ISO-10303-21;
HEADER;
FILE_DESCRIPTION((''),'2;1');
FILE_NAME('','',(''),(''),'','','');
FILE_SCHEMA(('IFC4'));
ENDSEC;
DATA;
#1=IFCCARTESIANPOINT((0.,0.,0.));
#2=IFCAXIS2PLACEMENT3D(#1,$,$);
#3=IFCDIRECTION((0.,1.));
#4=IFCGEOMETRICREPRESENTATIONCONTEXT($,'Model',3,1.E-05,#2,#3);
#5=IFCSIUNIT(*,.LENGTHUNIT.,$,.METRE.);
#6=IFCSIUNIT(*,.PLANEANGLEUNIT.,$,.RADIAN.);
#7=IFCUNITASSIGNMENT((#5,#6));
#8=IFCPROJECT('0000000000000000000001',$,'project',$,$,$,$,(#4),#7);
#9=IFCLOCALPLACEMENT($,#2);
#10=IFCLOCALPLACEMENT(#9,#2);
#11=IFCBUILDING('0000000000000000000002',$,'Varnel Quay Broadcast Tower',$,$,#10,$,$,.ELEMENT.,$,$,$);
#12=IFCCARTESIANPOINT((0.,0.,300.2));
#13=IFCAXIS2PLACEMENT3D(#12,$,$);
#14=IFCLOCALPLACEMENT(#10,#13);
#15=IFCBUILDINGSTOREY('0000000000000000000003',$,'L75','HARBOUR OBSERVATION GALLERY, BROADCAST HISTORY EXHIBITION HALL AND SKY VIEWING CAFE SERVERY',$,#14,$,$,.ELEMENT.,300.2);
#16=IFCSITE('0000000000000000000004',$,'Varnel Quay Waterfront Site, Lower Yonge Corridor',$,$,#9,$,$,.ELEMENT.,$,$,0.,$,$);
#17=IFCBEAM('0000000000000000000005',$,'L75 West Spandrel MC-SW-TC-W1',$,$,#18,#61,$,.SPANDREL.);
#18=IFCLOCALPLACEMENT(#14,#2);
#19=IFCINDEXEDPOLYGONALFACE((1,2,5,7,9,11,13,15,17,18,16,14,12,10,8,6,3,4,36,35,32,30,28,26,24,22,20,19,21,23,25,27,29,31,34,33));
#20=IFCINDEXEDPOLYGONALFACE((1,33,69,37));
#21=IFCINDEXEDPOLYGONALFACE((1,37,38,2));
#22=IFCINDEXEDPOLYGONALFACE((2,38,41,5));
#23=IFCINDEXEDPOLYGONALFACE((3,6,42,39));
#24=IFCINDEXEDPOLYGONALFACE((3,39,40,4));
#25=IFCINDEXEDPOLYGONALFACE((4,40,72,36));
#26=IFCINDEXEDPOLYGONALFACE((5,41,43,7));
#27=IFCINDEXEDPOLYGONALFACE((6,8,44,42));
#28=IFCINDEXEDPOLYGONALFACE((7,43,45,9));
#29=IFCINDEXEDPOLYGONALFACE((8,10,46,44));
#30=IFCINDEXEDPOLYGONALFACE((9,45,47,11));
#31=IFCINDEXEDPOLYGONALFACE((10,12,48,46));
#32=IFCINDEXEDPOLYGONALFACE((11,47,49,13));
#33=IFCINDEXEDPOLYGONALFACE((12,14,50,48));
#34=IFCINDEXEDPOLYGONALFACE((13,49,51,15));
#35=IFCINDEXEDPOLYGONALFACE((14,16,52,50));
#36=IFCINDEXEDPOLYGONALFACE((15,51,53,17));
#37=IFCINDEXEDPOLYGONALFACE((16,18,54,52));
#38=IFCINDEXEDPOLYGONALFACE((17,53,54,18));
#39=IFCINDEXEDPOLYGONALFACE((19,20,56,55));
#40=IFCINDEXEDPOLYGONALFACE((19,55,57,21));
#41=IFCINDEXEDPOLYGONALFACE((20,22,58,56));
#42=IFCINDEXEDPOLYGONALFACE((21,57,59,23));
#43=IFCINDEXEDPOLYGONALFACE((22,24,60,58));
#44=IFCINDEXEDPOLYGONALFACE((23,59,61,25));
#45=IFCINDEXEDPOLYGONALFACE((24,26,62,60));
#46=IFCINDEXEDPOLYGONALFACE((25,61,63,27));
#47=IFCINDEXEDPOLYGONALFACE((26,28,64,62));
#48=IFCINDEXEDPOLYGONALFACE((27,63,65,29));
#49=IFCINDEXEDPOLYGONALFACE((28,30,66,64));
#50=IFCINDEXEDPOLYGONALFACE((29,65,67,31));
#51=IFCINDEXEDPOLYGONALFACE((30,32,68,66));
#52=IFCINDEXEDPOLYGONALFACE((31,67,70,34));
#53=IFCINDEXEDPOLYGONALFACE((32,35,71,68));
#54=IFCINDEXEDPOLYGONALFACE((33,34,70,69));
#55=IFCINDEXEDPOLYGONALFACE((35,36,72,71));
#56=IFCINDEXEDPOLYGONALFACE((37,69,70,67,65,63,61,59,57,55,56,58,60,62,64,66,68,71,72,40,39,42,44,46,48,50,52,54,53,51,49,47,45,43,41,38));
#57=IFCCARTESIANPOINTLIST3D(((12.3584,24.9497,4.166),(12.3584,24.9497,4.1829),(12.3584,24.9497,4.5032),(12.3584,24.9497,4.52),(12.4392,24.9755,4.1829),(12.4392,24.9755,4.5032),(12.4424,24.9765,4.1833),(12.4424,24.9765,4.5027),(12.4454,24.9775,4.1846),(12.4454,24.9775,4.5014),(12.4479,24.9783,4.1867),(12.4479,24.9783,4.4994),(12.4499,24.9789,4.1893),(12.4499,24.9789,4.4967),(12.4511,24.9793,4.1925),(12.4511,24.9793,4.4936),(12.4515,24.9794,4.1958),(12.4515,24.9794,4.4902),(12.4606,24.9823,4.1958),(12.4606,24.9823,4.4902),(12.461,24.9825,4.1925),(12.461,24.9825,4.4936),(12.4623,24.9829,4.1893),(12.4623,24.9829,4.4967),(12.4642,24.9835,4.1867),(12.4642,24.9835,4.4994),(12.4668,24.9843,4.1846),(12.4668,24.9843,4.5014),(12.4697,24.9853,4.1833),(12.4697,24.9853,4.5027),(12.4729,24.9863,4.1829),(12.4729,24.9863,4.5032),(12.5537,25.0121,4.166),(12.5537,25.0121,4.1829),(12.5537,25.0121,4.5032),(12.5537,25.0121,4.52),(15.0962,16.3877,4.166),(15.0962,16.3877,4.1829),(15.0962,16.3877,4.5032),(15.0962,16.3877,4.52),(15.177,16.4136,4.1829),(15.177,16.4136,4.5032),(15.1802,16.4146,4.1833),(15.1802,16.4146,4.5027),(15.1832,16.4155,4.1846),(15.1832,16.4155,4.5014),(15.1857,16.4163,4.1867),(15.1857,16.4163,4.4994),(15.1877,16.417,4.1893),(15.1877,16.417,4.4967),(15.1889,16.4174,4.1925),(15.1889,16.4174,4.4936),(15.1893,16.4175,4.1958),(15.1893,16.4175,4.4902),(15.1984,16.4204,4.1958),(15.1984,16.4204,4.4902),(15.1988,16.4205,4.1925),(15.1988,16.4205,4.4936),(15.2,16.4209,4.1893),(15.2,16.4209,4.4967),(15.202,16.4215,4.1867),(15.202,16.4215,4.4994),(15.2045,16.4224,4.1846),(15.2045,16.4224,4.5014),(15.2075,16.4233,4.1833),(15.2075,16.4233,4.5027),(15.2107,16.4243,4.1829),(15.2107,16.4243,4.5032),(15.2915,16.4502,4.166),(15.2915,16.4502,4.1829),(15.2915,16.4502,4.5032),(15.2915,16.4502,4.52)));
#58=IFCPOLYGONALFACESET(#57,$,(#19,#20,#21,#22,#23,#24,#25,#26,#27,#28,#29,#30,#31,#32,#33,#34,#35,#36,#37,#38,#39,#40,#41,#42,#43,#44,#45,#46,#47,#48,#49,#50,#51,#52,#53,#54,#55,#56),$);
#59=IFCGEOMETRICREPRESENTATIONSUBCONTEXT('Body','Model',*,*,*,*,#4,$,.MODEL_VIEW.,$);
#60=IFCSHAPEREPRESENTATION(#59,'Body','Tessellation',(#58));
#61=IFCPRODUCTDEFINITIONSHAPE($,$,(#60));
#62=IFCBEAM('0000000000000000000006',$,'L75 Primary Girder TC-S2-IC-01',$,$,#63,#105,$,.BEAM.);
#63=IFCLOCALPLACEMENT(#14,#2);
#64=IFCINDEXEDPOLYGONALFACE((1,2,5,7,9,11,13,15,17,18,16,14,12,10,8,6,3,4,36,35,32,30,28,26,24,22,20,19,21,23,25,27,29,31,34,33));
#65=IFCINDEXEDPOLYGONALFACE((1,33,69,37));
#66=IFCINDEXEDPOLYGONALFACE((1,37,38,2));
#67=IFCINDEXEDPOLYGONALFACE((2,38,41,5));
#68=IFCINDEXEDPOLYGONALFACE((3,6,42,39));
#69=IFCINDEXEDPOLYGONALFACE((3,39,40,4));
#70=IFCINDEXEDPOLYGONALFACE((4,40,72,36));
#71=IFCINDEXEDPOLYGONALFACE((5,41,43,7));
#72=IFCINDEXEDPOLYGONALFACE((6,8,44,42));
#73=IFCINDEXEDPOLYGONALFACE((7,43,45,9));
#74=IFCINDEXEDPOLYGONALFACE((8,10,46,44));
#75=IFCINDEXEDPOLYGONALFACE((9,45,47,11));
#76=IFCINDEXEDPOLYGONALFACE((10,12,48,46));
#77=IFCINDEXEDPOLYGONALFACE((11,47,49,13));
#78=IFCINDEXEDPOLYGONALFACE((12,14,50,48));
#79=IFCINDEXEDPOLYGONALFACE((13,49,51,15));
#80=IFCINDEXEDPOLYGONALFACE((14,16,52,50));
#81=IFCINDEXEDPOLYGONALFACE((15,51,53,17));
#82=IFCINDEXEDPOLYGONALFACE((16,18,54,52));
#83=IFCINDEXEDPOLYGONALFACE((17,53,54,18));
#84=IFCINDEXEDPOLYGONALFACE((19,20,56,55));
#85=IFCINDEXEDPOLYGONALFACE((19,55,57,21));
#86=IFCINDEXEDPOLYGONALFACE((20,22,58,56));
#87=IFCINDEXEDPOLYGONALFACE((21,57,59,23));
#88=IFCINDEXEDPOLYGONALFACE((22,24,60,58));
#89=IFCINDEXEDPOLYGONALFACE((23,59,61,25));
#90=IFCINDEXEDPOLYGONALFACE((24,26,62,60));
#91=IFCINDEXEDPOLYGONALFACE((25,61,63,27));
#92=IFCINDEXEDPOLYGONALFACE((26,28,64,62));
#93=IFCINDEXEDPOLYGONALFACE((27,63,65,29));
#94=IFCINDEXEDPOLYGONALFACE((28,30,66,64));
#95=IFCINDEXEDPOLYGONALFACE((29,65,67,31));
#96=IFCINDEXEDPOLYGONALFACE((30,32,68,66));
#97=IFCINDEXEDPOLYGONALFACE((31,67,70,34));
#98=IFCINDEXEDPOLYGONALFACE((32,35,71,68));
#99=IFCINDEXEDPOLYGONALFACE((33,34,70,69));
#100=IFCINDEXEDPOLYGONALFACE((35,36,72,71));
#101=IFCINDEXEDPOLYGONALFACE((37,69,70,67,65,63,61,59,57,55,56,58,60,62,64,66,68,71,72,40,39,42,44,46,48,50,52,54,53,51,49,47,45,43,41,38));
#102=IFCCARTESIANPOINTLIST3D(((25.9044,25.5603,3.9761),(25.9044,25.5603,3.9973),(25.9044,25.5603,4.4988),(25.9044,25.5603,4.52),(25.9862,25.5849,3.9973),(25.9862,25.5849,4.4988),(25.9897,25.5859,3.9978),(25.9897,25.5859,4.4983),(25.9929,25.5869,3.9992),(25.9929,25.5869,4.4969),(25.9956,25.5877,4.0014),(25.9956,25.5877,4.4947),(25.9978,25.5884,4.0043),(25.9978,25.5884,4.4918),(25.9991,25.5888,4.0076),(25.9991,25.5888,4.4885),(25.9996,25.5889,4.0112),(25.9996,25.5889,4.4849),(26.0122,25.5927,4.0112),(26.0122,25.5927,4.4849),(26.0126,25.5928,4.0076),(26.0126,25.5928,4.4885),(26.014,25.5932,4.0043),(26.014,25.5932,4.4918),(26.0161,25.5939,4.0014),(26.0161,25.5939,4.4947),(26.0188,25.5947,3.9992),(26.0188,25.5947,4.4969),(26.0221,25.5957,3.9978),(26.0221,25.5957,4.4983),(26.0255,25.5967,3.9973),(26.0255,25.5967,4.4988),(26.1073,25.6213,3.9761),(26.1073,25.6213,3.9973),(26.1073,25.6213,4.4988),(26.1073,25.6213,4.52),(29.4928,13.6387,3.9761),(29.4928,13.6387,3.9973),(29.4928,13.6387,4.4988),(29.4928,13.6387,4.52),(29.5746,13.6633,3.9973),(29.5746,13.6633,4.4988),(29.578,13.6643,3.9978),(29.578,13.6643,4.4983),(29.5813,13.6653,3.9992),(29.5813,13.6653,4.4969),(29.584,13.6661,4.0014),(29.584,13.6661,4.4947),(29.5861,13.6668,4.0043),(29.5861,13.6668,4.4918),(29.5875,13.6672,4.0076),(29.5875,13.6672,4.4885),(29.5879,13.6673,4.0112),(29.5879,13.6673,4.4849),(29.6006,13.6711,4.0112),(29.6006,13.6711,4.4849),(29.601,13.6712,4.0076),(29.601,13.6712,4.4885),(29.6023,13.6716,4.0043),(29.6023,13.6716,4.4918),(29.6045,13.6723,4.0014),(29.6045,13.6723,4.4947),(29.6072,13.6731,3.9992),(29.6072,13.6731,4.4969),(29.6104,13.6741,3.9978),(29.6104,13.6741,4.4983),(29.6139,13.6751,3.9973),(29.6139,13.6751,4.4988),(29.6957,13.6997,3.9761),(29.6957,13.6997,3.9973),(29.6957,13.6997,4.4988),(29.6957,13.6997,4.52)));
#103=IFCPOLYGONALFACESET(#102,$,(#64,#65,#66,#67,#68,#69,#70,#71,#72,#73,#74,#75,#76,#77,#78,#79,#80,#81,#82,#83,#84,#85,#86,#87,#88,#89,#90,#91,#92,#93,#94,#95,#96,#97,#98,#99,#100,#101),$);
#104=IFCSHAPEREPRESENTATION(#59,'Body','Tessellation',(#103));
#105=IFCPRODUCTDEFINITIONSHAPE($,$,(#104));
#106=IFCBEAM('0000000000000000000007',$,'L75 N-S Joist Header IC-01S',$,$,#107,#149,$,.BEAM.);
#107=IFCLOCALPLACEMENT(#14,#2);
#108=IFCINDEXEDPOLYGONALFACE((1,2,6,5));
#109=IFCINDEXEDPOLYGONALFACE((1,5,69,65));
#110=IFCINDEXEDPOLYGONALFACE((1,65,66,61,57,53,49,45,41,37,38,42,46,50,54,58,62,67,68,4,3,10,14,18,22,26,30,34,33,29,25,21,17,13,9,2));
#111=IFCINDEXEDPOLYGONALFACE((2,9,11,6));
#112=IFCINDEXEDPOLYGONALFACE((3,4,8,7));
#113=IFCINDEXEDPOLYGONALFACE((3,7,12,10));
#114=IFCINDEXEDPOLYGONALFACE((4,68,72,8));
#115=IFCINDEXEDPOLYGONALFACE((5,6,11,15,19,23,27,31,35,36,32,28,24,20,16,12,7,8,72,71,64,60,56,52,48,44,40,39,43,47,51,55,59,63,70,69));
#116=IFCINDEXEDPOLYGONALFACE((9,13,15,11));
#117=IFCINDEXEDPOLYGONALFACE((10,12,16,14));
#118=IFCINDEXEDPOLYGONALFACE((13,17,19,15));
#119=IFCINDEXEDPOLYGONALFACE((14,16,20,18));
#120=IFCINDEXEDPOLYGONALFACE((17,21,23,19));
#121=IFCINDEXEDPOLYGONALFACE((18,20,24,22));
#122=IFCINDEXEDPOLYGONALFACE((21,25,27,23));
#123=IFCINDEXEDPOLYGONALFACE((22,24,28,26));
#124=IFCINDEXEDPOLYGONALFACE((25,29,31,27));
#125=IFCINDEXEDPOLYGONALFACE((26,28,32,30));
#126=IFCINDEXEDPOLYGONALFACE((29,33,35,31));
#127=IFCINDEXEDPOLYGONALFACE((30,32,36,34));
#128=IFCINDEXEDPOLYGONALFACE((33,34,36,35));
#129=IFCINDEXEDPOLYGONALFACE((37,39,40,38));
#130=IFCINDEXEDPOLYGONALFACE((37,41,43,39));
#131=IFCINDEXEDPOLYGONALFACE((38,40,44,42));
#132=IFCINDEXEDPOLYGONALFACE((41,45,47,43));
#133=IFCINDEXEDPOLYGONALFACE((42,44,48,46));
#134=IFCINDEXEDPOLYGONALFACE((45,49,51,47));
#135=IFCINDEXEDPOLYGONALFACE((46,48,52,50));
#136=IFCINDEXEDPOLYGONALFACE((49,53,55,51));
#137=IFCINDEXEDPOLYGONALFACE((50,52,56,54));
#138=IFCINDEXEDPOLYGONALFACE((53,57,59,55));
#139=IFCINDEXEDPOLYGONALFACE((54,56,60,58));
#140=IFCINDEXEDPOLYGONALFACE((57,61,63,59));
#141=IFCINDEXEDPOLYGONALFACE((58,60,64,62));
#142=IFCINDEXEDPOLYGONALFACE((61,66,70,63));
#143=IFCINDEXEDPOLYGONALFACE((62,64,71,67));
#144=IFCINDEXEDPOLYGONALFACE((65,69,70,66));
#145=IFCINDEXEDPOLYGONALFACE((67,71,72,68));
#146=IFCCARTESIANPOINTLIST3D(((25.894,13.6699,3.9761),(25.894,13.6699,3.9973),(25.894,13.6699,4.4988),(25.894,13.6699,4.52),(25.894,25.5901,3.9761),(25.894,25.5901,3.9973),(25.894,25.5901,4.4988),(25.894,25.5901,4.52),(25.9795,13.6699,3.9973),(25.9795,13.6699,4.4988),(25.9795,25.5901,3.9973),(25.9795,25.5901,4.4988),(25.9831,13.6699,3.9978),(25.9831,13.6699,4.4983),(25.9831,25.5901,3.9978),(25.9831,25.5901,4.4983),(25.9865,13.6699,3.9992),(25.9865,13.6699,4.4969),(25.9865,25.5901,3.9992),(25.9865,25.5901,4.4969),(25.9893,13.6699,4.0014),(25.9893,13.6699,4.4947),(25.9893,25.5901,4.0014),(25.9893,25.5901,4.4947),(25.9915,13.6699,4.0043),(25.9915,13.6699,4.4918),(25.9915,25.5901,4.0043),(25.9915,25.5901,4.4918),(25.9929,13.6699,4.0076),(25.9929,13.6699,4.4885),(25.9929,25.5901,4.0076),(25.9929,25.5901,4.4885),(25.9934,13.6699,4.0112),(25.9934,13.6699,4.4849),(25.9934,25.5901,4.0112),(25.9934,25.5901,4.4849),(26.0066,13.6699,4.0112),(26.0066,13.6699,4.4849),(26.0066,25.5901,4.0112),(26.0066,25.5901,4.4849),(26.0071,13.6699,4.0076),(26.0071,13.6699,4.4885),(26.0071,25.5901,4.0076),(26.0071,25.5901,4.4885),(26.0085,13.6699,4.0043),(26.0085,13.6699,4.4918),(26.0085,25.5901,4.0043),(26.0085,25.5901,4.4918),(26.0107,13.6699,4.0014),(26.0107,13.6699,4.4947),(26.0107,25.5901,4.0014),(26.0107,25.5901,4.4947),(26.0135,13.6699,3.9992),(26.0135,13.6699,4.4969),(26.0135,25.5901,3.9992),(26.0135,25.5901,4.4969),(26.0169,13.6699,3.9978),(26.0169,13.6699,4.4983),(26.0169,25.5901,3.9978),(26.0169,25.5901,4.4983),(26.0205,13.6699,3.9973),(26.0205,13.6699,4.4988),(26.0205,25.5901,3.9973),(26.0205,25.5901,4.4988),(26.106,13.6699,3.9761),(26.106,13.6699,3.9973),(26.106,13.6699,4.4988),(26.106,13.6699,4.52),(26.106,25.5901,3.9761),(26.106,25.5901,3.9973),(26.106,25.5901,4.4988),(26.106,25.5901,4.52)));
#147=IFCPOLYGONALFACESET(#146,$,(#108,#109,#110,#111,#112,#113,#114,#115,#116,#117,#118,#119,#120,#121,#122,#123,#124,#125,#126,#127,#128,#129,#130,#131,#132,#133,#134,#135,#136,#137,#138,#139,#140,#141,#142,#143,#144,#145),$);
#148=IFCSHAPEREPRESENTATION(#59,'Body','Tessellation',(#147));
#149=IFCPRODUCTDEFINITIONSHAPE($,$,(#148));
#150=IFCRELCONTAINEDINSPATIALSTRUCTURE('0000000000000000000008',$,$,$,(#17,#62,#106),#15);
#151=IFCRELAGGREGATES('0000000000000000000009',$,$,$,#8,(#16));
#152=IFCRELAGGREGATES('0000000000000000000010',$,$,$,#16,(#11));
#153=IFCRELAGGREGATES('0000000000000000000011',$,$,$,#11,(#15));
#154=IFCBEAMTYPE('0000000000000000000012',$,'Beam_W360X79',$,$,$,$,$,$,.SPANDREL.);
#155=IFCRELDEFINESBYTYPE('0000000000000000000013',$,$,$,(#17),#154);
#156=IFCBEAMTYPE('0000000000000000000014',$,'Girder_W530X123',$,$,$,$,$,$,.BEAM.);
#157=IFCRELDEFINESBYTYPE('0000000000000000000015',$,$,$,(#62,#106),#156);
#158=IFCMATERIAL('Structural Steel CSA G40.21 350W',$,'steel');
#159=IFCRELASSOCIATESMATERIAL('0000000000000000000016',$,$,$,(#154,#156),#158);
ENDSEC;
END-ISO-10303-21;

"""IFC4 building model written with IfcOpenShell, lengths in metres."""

from ifc_helpers import new_model, si_unit, direction, frame, origin, origin_2d, place, context, subcontext, project, spatial, i_section, extrude, source, transform, mapped, material, material_profile, profile_set, type_object, type_shapes, element, save


model = new_model("IFC4")

# Units and contexts
model_context = context("Model", 3, precision=1e-05, world=origin(), true_north=direction((0.0, 1.0)))
body_context = subcontext(model_context, "Body", "Model", "MODEL_VIEW")
ifc_project = project(units=[si_unit("LENGTHUNIT", "METRE"), si_unit("PLANEANGLEUNIT", "RADIAN")], contexts=[model_context])

# Site, building, storey
site_placement = place(None, origin())
site = spatial("IfcSite", under=ifc_project, at=site_placement, Name="Varnel Quay Waterfront Site, Lower Yonge Corridor", CompositionType="ELEMENT", RefElevation=0.0)
building_placement = place(site_placement, origin())
building = spatial("IfcBuilding", under=site, at=building_placement, Name="Varnel Quay Broadcast Tower", CompositionType="ELEMENT")
storey_placement = place(building_placement, frame((0.0, 0.0, 300.2)))
storey = spatial("IfcBuildingStorey", under=building, at=storey_placement, Name="L75", Description="HARBOUR OBSERVATION GALLERY, BROADCAST HISTORY EXHIBITION HALL AND SKY VIEWING CAFE SERVERY", CompositionType="ELEMENT", Elevation=300.2)

# Shared definitions
ifc_material_1 = material(Name="Structural Steel CSA G40.21 350W", Category="steel")

# Beams
ifc_material_profile_1 = material_profile(ifc_material_1, i_section(OverallWidth=0.2051, OverallDepth=0.354, WebThickness=0.0095, FlangeThickness=0.0168, FilletRadius=0.0129, at=origin_2d()), Name="W360X79")
ifc_profile_set_1 = profile_set([ifc_material_profile_1], Name="Structural Steel CSA G40.21 350W")
beam_type_1 = type_object("IfcBeamType", Name="Beam_W360X79", PredefinedType="SPANDREL", material=ifc_profile_set_1)
shared_shape_1 = source(origin(), body_context, "Body", "SweptSolid", [
    extrude(i_section(OverallWidth=0.2051, OverallDepth=0.354, WebThickness=0.0095, FlangeThickness=0.0168, FilletRadius=0.0129, at=origin_2d()), origin(), (0.0, 0.0, 1.0), 8.989),
])
beam_1_placement = place(storey_placement, frame((15.1938, 16.4189, 4.343), z_axis=(-0.304569, 0.95249, 0.0), x_axis=(-0.95249, -0.304569, 0.0)))
element("IfcBeam", 1, at=beam_1_placement, inside=storey, type_object=beam_type_1, Name="L75 West Spandrel MC-SW-TC-W1", PredefinedType="SPANDREL", context=body_context, shape_type="MappedRepresentation", body=[
    mapped(shared_shape_1, transform((0.0, 0.0, 0.0), x_axis=(1.0, 0.0, 0.0), y_axis=(0.0, 1.0, 0.0), z_axis=(0.0, 0.0, 1.0), scale=1.0)),
])
ifc_material_profile_2 = material_profile(ifc_material_1, i_section(OverallWidth=0.2119, OverallDepth=0.5439, WebThickness=0.0132, FlangeThickness=0.0212, FilletRadius=0.0139, at=origin_2d()), Name="W530X123")
ifc_profile_set_2 = profile_set([ifc_material_profile_2], Name="Structural Steel CSA G40.21 350W")
beam_type_2 = type_object("IfcBeamType", Name="Girder_W530X123", PredefinedType="BEAM", material=ifc_profile_set_2)
shared_shape_2 = source(origin(), body_context, "Body", "SweptSolid", [
    extrude(i_section(OverallWidth=0.2119, OverallDepth=0.5439, WebThickness=0.0132, FlangeThickness=0.0212, FilletRadius=0.0139, at=origin_2d()), origin(), (0.0, 0.0, 1.0), 12.45),
])
beam_2_placement = place(storey_placement, frame((29.5942, 13.6692, 4.248), z_axis=(-0.288224, 0.957563, 0.0), x_axis=(-0.957563, -0.288224, 0.0)))
element("IfcBeam", 2, at=beam_2_placement, inside=storey, type_object=beam_type_2, Name="L75 Primary Girder TC-S2-IC-01", PredefinedType="BEAM", context=body_context, shape_type="MappedRepresentation", body=[
    mapped(shared_shape_2, transform((0.0, 0.0, 0.0), x_axis=(1.0, 0.0, 0.0), y_axis=(0.0, 1.0, 0.0), z_axis=(0.0, 0.0, 1.0), scale=1.0)),
])
shared_shape_3 = source(origin(), body_context, "Body", "SweptSolid", [
    extrude(i_section(OverallWidth=0.2119, OverallDepth=0.5439, WebThickness=0.0132, FlangeThickness=0.0212, FilletRadius=0.0139, at=origin_2d()), origin(), (0.0, 0.0, 1.0), 11.9202),
])
type_shapes(beam_type_2, [shared_shape_2, shared_shape_3])
beam_3_placement = place(storey_placement, frame((26.0, 13.6699, 4.248), z_axis=(0.0, 1.0, 0.0), x_axis=(-1.0, 0.0, 0.0)))
element("IfcBeam", 3, at=beam_3_placement, inside=storey, type_object=beam_type_2, Name="L75 N-S Joist Header IC-01S", PredefinedType="BEAM", context=body_context, shape_type="MappedRepresentation", body=[
    mapped(shared_shape_3, transform((0.0, 0.0, 0.0), x_axis=(1.0, 0.0, 0.0), y_axis=(0.0, 1.0, 0.0), z_axis=(0.0, 0.0, 1.0), scale=1.0)),
])

save(model, "model.ifc")
